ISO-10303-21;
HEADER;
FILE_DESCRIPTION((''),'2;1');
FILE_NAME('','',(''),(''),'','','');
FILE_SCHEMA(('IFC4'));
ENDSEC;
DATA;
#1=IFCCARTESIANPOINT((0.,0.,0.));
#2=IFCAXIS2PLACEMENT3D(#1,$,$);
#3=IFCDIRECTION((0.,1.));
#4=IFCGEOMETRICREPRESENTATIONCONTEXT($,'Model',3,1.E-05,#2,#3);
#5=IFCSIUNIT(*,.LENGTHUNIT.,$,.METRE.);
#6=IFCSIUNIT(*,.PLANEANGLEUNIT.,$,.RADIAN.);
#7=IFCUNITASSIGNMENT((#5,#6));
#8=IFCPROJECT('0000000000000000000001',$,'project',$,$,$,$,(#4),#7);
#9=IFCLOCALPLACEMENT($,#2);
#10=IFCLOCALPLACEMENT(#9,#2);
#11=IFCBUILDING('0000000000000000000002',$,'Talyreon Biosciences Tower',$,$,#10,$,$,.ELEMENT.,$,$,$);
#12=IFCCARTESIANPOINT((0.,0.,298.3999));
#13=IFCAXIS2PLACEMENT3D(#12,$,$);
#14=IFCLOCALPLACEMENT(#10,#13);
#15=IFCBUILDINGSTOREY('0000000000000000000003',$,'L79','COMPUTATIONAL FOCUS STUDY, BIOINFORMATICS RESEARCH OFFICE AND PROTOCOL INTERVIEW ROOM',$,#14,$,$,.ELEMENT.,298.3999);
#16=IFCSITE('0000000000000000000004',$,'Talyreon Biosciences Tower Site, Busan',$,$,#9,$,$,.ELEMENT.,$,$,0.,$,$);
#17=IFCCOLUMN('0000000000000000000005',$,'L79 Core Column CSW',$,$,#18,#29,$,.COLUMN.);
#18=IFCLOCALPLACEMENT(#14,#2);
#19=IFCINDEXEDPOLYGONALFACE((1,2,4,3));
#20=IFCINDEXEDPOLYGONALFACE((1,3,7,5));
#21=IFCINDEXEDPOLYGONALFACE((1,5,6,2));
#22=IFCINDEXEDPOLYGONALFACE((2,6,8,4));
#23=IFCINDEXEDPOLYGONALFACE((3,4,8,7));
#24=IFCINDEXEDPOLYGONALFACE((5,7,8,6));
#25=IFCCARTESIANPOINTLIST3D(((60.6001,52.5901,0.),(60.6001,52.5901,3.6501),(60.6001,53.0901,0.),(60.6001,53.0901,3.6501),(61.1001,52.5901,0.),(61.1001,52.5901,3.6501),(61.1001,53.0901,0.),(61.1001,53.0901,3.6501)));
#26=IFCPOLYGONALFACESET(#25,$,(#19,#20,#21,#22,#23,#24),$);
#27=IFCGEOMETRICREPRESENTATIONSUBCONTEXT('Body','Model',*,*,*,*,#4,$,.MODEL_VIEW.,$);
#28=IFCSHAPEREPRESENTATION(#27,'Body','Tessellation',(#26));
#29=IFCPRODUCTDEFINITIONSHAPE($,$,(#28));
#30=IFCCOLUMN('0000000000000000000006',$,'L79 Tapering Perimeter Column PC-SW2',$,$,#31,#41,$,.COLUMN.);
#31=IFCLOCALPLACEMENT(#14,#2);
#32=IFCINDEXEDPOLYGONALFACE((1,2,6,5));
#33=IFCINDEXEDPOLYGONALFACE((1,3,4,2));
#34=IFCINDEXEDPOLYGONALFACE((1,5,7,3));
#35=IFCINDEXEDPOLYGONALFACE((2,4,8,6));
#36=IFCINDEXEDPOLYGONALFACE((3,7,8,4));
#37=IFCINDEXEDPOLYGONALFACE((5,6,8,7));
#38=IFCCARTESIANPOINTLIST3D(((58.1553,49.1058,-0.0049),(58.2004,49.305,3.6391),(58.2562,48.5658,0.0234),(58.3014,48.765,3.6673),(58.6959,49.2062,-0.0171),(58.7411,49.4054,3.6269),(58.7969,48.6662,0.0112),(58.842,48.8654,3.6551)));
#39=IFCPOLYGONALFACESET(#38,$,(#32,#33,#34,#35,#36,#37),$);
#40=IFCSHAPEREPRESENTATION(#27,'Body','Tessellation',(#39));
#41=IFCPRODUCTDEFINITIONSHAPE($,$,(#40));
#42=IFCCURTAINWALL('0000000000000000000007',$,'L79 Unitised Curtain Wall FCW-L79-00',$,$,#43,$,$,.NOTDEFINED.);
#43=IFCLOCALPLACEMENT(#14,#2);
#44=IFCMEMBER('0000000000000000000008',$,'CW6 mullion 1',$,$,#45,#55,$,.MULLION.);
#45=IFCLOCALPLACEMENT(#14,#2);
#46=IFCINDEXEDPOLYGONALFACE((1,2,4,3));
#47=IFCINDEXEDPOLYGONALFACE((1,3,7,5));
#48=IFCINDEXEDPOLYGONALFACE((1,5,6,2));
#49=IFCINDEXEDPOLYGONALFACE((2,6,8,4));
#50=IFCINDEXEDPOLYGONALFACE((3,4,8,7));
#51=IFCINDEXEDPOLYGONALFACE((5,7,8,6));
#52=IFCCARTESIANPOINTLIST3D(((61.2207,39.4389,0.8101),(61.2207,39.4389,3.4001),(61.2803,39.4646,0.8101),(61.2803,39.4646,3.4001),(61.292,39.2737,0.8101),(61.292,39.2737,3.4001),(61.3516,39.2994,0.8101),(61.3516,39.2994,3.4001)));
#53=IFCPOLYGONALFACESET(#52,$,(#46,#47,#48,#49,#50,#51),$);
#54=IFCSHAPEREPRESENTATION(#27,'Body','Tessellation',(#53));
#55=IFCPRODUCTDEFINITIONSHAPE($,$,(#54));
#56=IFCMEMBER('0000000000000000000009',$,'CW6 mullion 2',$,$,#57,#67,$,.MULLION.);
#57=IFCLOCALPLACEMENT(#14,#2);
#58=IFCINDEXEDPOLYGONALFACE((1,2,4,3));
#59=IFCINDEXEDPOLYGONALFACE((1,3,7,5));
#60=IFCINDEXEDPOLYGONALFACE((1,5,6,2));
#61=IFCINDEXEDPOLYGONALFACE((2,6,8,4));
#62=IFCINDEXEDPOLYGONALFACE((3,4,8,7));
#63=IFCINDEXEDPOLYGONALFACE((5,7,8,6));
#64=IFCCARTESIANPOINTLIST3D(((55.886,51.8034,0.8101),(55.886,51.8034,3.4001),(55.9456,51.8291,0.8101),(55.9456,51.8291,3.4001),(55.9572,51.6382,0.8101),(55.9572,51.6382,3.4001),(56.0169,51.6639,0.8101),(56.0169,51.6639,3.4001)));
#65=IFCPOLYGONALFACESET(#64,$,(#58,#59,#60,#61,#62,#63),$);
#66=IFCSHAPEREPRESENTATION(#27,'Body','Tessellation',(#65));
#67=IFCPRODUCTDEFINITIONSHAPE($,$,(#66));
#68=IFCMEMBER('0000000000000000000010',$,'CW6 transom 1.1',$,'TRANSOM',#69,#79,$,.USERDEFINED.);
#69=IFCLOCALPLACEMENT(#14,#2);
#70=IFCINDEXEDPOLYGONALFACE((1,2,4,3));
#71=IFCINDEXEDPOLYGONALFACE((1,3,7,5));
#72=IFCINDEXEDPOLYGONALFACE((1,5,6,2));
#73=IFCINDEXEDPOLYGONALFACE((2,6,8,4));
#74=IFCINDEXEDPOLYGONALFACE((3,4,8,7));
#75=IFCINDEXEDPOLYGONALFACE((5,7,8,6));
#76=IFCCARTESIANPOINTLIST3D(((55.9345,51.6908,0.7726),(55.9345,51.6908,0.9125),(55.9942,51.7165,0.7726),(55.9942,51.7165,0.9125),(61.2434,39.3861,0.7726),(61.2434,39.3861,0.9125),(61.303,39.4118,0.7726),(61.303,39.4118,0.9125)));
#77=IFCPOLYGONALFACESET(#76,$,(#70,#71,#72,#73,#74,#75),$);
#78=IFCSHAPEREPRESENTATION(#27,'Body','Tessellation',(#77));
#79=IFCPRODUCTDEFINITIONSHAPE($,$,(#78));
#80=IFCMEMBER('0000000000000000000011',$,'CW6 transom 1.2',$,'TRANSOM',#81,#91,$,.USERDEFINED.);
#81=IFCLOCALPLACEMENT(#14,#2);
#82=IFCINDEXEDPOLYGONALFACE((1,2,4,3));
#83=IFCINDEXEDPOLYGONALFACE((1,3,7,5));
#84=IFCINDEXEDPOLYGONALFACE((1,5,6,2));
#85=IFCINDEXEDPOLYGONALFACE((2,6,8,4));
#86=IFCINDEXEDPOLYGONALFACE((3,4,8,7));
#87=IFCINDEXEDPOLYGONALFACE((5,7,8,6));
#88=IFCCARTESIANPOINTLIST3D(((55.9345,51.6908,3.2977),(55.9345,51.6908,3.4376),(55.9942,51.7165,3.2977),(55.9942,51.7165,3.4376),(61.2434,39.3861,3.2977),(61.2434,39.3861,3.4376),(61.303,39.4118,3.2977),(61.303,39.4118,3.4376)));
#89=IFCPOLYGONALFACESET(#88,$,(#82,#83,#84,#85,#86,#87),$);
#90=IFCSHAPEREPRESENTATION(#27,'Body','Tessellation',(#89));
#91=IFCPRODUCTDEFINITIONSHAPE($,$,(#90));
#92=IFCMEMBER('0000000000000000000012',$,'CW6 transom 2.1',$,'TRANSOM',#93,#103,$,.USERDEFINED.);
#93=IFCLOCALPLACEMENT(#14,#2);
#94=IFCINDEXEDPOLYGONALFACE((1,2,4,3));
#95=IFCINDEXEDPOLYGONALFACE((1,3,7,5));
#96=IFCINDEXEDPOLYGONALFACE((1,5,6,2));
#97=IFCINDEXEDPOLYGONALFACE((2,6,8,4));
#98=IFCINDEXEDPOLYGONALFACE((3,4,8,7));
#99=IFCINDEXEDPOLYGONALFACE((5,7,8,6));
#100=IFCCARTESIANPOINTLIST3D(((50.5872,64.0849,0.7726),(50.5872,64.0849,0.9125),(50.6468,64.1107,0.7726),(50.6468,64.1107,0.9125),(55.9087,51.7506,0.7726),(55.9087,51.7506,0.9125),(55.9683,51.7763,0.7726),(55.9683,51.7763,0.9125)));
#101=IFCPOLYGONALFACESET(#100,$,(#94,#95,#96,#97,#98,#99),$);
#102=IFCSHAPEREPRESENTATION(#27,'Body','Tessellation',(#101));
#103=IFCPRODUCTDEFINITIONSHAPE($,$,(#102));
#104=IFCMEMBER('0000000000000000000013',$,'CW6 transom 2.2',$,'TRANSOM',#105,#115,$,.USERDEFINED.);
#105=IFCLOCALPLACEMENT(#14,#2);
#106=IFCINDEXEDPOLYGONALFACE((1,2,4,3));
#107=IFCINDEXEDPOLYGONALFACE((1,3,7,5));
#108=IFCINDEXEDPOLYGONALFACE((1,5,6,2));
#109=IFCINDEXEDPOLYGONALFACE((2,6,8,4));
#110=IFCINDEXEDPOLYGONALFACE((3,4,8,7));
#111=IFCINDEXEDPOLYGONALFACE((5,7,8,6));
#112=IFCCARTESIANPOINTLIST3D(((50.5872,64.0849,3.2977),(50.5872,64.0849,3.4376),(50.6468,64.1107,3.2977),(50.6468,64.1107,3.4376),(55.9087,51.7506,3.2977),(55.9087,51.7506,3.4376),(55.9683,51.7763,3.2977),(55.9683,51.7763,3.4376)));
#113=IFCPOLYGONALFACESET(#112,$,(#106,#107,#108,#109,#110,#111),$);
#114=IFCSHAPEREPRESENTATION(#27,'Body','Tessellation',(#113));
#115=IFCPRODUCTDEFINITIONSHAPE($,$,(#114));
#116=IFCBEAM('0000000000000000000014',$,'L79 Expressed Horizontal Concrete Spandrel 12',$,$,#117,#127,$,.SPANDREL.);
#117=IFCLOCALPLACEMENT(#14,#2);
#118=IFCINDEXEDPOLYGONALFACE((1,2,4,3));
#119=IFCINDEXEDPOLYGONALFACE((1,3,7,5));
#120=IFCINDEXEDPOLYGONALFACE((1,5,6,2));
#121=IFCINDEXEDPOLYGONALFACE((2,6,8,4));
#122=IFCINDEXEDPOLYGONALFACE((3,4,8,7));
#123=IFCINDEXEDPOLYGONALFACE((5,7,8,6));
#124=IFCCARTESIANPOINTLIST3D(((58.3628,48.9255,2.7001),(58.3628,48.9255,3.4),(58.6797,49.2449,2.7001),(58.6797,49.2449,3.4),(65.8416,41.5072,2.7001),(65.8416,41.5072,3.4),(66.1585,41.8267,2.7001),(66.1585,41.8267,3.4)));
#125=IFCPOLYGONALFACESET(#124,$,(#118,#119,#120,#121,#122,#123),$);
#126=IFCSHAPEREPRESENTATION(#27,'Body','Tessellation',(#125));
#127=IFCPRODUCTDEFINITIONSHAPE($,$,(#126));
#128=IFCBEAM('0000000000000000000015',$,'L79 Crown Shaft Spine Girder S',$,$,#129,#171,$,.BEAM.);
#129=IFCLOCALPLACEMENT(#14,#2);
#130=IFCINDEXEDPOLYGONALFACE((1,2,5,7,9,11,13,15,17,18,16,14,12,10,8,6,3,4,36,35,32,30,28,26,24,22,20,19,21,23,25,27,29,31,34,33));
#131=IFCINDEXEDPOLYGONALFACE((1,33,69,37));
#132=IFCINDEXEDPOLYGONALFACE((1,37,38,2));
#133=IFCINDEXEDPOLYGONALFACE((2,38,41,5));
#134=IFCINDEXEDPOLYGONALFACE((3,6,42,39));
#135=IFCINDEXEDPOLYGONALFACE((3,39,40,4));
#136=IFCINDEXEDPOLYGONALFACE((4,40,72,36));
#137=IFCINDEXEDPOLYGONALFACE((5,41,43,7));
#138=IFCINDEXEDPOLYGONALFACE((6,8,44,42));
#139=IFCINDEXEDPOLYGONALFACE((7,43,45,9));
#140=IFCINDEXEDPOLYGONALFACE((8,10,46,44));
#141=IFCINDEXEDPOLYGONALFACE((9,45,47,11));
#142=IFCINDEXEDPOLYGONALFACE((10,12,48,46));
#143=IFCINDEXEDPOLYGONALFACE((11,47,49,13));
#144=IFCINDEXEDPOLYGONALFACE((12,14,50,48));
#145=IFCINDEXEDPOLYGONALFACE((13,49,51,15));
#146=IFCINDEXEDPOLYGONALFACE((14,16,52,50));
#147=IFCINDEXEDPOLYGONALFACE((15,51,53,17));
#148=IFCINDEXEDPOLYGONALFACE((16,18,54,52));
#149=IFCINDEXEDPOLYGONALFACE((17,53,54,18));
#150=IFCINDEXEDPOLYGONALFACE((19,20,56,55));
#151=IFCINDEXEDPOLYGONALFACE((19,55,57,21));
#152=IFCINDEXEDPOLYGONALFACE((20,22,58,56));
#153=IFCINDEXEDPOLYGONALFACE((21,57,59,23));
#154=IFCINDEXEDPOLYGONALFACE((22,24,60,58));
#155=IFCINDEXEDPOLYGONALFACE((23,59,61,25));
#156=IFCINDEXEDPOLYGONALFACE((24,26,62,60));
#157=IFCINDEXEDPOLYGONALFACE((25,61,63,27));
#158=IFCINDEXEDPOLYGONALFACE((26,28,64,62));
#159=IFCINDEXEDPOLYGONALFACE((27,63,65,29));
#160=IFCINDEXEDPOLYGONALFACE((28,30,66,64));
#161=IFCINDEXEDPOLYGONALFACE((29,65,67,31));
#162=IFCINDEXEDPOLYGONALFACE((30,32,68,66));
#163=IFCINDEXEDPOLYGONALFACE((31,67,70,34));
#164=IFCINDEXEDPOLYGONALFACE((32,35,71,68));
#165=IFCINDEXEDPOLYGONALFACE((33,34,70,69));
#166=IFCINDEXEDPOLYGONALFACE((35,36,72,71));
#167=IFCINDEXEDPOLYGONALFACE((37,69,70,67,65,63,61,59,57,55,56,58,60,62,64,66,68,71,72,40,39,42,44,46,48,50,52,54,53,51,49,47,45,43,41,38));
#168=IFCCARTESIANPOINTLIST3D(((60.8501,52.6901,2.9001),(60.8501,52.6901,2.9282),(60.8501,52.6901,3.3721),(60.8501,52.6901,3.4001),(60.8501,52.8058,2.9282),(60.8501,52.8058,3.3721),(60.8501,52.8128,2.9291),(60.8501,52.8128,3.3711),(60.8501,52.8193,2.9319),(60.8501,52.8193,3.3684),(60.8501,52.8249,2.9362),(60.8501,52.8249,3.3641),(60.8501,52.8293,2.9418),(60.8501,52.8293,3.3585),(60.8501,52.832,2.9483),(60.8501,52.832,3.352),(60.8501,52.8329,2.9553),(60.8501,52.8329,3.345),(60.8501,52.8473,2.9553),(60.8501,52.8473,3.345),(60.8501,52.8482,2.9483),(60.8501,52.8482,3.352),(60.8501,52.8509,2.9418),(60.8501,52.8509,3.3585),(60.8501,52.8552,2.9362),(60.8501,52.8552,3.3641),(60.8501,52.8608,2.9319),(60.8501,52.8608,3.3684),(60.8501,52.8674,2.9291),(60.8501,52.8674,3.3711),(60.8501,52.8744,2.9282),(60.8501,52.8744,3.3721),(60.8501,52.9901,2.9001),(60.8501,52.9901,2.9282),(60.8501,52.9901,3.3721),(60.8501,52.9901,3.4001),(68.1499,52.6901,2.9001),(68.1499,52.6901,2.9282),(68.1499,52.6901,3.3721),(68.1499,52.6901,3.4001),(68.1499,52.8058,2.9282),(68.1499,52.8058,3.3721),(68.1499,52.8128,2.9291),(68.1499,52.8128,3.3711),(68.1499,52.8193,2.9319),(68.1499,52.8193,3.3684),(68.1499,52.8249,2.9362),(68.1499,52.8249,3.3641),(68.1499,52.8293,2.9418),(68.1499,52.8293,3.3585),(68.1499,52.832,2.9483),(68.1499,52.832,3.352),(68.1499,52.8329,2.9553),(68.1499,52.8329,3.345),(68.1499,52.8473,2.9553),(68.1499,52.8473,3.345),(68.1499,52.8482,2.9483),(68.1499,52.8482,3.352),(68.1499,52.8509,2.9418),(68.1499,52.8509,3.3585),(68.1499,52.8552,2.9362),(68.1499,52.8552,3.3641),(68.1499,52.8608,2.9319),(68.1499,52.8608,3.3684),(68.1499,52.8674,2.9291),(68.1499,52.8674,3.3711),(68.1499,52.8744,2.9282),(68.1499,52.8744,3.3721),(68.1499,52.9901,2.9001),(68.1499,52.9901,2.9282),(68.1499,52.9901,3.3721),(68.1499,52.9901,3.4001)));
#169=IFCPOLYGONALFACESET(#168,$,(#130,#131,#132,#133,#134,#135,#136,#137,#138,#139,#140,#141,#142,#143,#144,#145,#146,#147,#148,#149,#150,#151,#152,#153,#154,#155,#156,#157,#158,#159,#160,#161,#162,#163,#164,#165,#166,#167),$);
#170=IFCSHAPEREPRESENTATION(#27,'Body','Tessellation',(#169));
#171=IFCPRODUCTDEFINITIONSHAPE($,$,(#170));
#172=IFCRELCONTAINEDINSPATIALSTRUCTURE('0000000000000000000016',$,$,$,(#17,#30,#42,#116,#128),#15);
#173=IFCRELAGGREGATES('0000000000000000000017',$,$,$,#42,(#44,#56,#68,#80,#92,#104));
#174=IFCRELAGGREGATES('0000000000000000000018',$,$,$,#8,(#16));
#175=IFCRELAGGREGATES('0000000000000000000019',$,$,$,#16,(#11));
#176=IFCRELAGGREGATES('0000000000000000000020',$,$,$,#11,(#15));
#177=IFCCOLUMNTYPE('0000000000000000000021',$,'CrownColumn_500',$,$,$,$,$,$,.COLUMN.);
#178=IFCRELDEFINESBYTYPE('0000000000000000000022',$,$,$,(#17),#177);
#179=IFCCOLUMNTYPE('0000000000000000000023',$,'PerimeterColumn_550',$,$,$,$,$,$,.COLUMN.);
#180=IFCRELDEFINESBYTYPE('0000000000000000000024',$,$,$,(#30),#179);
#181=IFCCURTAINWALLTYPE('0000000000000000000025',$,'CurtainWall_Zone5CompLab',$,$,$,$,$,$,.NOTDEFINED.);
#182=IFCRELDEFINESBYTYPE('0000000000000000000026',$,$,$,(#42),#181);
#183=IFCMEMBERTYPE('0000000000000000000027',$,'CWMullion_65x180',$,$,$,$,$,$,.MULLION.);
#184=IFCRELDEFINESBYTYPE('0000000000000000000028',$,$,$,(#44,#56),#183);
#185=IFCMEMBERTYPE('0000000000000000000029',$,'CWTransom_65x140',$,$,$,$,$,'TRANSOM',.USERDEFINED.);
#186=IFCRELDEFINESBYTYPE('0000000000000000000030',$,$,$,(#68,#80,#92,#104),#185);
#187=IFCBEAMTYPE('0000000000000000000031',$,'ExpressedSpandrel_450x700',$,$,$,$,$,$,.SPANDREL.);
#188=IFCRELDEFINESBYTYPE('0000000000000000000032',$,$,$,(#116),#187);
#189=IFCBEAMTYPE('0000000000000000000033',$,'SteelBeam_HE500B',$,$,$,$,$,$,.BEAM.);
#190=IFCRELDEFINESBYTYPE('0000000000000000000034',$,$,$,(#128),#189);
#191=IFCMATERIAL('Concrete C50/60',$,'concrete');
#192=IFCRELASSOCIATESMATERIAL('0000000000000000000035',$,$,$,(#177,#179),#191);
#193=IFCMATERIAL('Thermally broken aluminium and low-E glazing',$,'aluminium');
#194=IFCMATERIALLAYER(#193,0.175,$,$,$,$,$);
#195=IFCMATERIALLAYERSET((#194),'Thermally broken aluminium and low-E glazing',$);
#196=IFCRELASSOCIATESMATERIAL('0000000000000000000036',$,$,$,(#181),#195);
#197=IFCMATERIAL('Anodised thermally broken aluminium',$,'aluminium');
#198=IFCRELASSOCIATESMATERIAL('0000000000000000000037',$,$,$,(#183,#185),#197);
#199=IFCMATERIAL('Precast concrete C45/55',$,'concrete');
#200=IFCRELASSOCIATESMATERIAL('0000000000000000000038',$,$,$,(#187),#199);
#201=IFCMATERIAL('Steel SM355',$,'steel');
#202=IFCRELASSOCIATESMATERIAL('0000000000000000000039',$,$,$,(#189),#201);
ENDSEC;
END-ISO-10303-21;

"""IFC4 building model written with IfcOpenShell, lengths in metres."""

from ifc_helpers import new_model, si_unit, direction, frame, origin, origin_2d, place, context, subcontext, project, spatial, rectangle, i_section, extrude, material, layer, layer_set, material_profile, profile_set, type_object, element, aggregate, save


model = new_model("IFC4")

# Units and contexts
model_context = context("Model", 3, precision=1e-05, world=origin(), true_north=direction((0.0, 1.0)))
body_context = subcontext(model_context, "Body", "Model", "MODEL_VIEW")
ifc_project = project(units=[si_unit("LENGTHUNIT", "METRE"), si_unit("PLANEANGLEUNIT", "RADIAN")], contexts=[model_context])

# Site, building, storey
site_placement = place(None, origin())
site = spatial("IfcSite", under=ifc_project, at=site_placement, Name="Talyreon Biosciences Tower Site, Busan", CompositionType="ELEMENT", RefElevation=0.0)
building_placement = place(site_placement, origin())
building = spatial("IfcBuilding", under=site, at=building_placement, Name="Talyreon Biosciences Tower", CompositionType="ELEMENT")
storey_placement = place(building_placement, frame((0.0, 0.0, 298.3999)))
storey = spatial("IfcBuildingStorey", under=building, at=storey_placement, Name="L79", Description="COMPUTATIONAL FOCUS STUDY, BIOINFORMATICS RESEARCH OFFICE AND PROTOCOL INTERVIEW ROOM", CompositionType="ELEMENT", Elevation=298.3999)

# Columns
ifc_material_1 = material(Name="Concrete C50/60", Category="concrete")
ifc_material_profile_1 = material_profile(ifc_material_1, rectangle(XDim=0.5, YDim=0.5, at=origin_2d()), Name="RC 500x500")
ifc_profile_set_1 = profile_set([ifc_material_profile_1], Name="Concrete C50/60")
column_type_1 = type_object("IfcColumnType", Name="CrownColumn_500", PredefinedType="COLUMN", material=ifc_profile_set_1)
column_1_placement = place(storey_placement, frame((60.8501, 52.8401, 0.0), z_axis=(0.0, 0.0, 1.0), x_axis=(1.0, 0.0, 0.0)))
element("IfcColumn", 1, at=column_1_placement, inside=storey, type_object=column_type_1, Name="L79 Core Column CSW", PredefinedType="COLUMN", context=body_context, shape_type="SweptSolid", body=[
    extrude(rectangle(XDim=0.5, YDim=0.5, at=origin_2d()), origin(), (0.0, 0.0, 1.0), 3.6501),
])
ifc_material_profile_2 = material_profile(ifc_material_1, rectangle(XDim=0.55, YDim=0.55, at=origin_2d()), Name="RC 550x550")
ifc_profile_set_2 = profile_set([ifc_material_profile_2], Name="Concrete C50/60")
column_type_2 = type_object("IfcColumnType", Name="PerimeterColumn_550", PredefinedType="COLUMN", material=ifc_profile_set_2)
column_2_placement = place(storey_placement, frame((58.4761, 48.886, 0.0032), z_axis=(0.012375, 0.054584, 0.998432), x_axis=(-0.183499, 0.981676, -0.051394)))
element("IfcColumn", 2, at=column_2_placement, inside=storey, type_object=column_type_2, Name="L79 Tapering Perimeter Column PC-SW2", PredefinedType="COLUMN", context=body_context, shape_type="SweptSolid", body=[
    extrude(rectangle(XDim=0.55, YDim=0.55, at=origin_2d()), origin(), (0.0, 0.0, 1.0), 3.6497),
])

# Curtain wall, members
ifc_material_2 = material(Name="Thermally broken aluminium and low-E glazing", Category="aluminium")
ifc_layer_1 = layer(ifc_material_2, 0.175)
ifc_layer_set_1 = layer_set([ifc_layer_1], Name="Thermally broken aluminium and low-E glazing")
curtain_wall_type = type_object("IfcCurtainWallType", Name="CurtainWall_Zone5CompLab", PredefinedType="NOTDEFINED", material=ifc_layer_set_1)
curtain_wall_placement = place(storey_placement, origin())
curtain_wall = element("IfcCurtainWall", 3, at=curtain_wall_placement, inside=storey, type_object=curtain_wall_type, Name="L79 Unitised Curtain Wall FCW-L79-00", PredefinedType="NOTDEFINED")
ifc_material_3 = material(Name="Anodised thermally broken aluminium", Category="aluminium")
ifc_material_profile_3 = material_profile(ifc_material_3, rectangle(XDim=0.0649, YDim=0.1799, at=origin_2d()), Name="ALUM MULLION 65x180")
ifc_profile_set_3 = profile_set([ifc_material_profile_3], Name="Anodised thermally broken aluminium")
member_type_1 = type_object("IfcMemberType", Name="CWMullion_65x180", PredefinedType="MULLION", material=ifc_profile_set_3)
member_1_placement = place(storey_placement, frame((61.2861, 39.3691, 0.8101), z_axis=(0.0, 0.0, 1.0), x_axis=(-0.918187, -0.396147, 0.0)))
member_1 = element("IfcMember", 4, at=member_1_placement, type_object=member_type_1, Name="CW6 mullion 1", PredefinedType="MULLION", context=body_context, shape_type="SweptSolid", body=[
    extrude(rectangle(XDim=0.0649, YDim=0.1799, at=origin_2d()), origin(), (0.0, 0.0, 1.0), 2.5901),
])
member_2_placement = place(storey_placement, frame((55.9514, 51.7336, 0.8101), z_axis=(0.0, 0.0, 1.0), x_axis=(-0.918187, -0.396147, 0.0)))
member_2 = element("IfcMember", 5, at=member_2_placement, type_object=member_type_1, Name="CW6 mullion 2", PredefinedType="MULLION", context=body_context, shape_type="SweptSolid", body=[
    extrude(rectangle(XDim=0.0649, YDim=0.1799, at=origin_2d()), origin(), (0.0, 0.0, 1.0), 2.5901),
])
ifc_material_profile_4 = material_profile(ifc_material_3, rectangle(XDim=0.0649, YDim=0.1399, at=origin_2d()), Name="ALUM TRANSOM 65x140")
ifc_profile_set_4 = profile_set([ifc_material_profile_4], Name="Anodised thermally broken aluminium")
member_type_2 = type_object("IfcMemberType", Name="CWTransom_65x140", ElementType="TRANSOM", PredefinedType="USERDEFINED", material=ifc_profile_set_4)
member_3_placement = place(storey_placement, frame((61.2732, 39.3989, 0.8425), z_axis=(-0.39615, 0.918186, 0.0), x_axis=(-0.918186, -0.39615, 0.0)))
member_3 = element("IfcMember", 6, at=member_3_placement, type_object=member_type_2, Name="CW6 transom 1.1", ObjectType="TRANSOM", PredefinedType="USERDEFINED", context=body_context, shape_type="SweptSolid", body=[
    extrude(rectangle(XDim=0.0649, YDim=0.1399, at=origin_2d()), origin(), (0.0, 0.0, 1.0), 13.4011),
])
member_4_placement = place(storey_placement, frame((61.2732, 39.3989, 3.3677), z_axis=(-0.39615, 0.918186, 0.0), x_axis=(-0.918186, -0.39615, 0.0)))
member_4 = element("IfcMember", 7, at=member_4_placement, type_object=member_type_2, Name="CW6 transom 1.2", ObjectType="TRANSOM", PredefinedType="USERDEFINED", context=body_context, shape_type="SweptSolid", body=[
    extrude(rectangle(XDim=0.0649, YDim=0.1399, at=origin_2d()), origin(), (0.0, 0.0, 1.0), 13.4011),
])
member_5_placement = place(storey_placement, frame((55.9385, 51.7634, 0.8425), z_axis=(-0.39614, 0.91819, 0.0), x_axis=(-0.91819, -0.39614, 0.0)))
member_5 = element("IfcMember", 8, at=member_5_placement, type_object=member_type_2, Name="CW6 transom 2.1", ObjectType="TRANSOM", PredefinedType="USERDEFINED", context=body_context, shape_type="SweptSolid", body=[
    extrude(rectangle(XDim=0.0649, YDim=0.1399, at=origin_2d()), origin(), (0.0, 0.0, 1.0), 13.4333),
])
member_6_placement = place(storey_placement, frame((55.9385, 51.7634, 3.3677), z_axis=(-0.39614, 0.91819, 0.0), x_axis=(-0.91819, -0.39614, 0.0)))
member_6 = element("IfcMember", 9, at=member_6_placement, type_object=member_type_2, Name="CW6 transom 2.2", ObjectType="TRANSOM", PredefinedType="USERDEFINED", context=body_context, shape_type="SweptSolid", body=[
    extrude(rectangle(XDim=0.0649, YDim=0.1399, at=origin_2d()), origin(), (0.0, 0.0, 1.0), 13.4333),
])

# Beams
ifc_material_4 = material(Name="Precast concrete C45/55", Category="concrete")
ifc_material_profile_5 = material_profile(ifc_material_4, rectangle(XDim=0.45, YDim=0.7, at=origin_2d()), Name="RCB 450x700")
ifc_profile_set_5 = profile_set([ifc_material_profile_5], Name="Precast concrete C45/55")
beam_type_1 = type_object("IfcBeamType", Name="ExpressedSpandrel_450x700", PredefinedType="SPANDREL", material=ifc_profile_set_5)
beam_1_placement = place(storey_placement, frame((58.5212, 49.0852, 3.05), z_axis=(0.709975, -0.704227, 0.0), x_axis=(0.704227, 0.709975, 0.0)))
element("IfcBeam", 10, at=beam_1_placement, inside=storey, type_object=beam_type_1, Name="L79 Expressed Horizontal Concrete Spandrel 12", PredefinedType="SPANDREL", context=body_context, shape_type="SweptSolid", body=[
    extrude(rectangle(XDim=0.45, YDim=0.7, at=origin_2d()), origin(), (0.0, 0.0, 1.0), 10.5339),
])
ifc_material_5 = material(Name="Steel SM355", Category="steel")
ifc_material_profile_6 = material_profile(ifc_material_5, i_section(OverallWidth=0.3, OverallDepth=0.5, WebThickness=0.0144, FlangeThickness=0.0281, FilletRadius=0.0271, at=origin_2d()), Name="HE500B")
ifc_profile_set_6 = profile_set([ifc_material_profile_6], Name="Steel SM355")
beam_type_2 = type_object("IfcBeamType", Name="SteelBeam_HE500B", PredefinedType="BEAM", material=ifc_profile_set_6)
beam_2_placement = place(storey_placement, frame((60.8501, 52.8401, 3.1501), z_axis=(1.0, 0.0, 0.0), x_axis=(0.0, 1.0, 0.0)))
element("IfcBeam", 11, at=beam_2_placement, inside=storey, type_object=beam_type_2, Name="L79 Crown Shaft Spine Girder S", PredefinedType="BEAM", context=body_context, shape_type="SweptSolid", body=[
    extrude(i_section(OverallWidth=0.3, OverallDepth=0.5, WebThickness=0.0144, FlangeThickness=0.0281, FilletRadius=0.0271, at=origin_2d()), origin(), (0.0, 0.0, 1.0), 7.2998),
])

aggregate(curtain_wall, [member_1, member_2, member_3, member_4, member_5, member_6])

save(model, "model.ifc")
